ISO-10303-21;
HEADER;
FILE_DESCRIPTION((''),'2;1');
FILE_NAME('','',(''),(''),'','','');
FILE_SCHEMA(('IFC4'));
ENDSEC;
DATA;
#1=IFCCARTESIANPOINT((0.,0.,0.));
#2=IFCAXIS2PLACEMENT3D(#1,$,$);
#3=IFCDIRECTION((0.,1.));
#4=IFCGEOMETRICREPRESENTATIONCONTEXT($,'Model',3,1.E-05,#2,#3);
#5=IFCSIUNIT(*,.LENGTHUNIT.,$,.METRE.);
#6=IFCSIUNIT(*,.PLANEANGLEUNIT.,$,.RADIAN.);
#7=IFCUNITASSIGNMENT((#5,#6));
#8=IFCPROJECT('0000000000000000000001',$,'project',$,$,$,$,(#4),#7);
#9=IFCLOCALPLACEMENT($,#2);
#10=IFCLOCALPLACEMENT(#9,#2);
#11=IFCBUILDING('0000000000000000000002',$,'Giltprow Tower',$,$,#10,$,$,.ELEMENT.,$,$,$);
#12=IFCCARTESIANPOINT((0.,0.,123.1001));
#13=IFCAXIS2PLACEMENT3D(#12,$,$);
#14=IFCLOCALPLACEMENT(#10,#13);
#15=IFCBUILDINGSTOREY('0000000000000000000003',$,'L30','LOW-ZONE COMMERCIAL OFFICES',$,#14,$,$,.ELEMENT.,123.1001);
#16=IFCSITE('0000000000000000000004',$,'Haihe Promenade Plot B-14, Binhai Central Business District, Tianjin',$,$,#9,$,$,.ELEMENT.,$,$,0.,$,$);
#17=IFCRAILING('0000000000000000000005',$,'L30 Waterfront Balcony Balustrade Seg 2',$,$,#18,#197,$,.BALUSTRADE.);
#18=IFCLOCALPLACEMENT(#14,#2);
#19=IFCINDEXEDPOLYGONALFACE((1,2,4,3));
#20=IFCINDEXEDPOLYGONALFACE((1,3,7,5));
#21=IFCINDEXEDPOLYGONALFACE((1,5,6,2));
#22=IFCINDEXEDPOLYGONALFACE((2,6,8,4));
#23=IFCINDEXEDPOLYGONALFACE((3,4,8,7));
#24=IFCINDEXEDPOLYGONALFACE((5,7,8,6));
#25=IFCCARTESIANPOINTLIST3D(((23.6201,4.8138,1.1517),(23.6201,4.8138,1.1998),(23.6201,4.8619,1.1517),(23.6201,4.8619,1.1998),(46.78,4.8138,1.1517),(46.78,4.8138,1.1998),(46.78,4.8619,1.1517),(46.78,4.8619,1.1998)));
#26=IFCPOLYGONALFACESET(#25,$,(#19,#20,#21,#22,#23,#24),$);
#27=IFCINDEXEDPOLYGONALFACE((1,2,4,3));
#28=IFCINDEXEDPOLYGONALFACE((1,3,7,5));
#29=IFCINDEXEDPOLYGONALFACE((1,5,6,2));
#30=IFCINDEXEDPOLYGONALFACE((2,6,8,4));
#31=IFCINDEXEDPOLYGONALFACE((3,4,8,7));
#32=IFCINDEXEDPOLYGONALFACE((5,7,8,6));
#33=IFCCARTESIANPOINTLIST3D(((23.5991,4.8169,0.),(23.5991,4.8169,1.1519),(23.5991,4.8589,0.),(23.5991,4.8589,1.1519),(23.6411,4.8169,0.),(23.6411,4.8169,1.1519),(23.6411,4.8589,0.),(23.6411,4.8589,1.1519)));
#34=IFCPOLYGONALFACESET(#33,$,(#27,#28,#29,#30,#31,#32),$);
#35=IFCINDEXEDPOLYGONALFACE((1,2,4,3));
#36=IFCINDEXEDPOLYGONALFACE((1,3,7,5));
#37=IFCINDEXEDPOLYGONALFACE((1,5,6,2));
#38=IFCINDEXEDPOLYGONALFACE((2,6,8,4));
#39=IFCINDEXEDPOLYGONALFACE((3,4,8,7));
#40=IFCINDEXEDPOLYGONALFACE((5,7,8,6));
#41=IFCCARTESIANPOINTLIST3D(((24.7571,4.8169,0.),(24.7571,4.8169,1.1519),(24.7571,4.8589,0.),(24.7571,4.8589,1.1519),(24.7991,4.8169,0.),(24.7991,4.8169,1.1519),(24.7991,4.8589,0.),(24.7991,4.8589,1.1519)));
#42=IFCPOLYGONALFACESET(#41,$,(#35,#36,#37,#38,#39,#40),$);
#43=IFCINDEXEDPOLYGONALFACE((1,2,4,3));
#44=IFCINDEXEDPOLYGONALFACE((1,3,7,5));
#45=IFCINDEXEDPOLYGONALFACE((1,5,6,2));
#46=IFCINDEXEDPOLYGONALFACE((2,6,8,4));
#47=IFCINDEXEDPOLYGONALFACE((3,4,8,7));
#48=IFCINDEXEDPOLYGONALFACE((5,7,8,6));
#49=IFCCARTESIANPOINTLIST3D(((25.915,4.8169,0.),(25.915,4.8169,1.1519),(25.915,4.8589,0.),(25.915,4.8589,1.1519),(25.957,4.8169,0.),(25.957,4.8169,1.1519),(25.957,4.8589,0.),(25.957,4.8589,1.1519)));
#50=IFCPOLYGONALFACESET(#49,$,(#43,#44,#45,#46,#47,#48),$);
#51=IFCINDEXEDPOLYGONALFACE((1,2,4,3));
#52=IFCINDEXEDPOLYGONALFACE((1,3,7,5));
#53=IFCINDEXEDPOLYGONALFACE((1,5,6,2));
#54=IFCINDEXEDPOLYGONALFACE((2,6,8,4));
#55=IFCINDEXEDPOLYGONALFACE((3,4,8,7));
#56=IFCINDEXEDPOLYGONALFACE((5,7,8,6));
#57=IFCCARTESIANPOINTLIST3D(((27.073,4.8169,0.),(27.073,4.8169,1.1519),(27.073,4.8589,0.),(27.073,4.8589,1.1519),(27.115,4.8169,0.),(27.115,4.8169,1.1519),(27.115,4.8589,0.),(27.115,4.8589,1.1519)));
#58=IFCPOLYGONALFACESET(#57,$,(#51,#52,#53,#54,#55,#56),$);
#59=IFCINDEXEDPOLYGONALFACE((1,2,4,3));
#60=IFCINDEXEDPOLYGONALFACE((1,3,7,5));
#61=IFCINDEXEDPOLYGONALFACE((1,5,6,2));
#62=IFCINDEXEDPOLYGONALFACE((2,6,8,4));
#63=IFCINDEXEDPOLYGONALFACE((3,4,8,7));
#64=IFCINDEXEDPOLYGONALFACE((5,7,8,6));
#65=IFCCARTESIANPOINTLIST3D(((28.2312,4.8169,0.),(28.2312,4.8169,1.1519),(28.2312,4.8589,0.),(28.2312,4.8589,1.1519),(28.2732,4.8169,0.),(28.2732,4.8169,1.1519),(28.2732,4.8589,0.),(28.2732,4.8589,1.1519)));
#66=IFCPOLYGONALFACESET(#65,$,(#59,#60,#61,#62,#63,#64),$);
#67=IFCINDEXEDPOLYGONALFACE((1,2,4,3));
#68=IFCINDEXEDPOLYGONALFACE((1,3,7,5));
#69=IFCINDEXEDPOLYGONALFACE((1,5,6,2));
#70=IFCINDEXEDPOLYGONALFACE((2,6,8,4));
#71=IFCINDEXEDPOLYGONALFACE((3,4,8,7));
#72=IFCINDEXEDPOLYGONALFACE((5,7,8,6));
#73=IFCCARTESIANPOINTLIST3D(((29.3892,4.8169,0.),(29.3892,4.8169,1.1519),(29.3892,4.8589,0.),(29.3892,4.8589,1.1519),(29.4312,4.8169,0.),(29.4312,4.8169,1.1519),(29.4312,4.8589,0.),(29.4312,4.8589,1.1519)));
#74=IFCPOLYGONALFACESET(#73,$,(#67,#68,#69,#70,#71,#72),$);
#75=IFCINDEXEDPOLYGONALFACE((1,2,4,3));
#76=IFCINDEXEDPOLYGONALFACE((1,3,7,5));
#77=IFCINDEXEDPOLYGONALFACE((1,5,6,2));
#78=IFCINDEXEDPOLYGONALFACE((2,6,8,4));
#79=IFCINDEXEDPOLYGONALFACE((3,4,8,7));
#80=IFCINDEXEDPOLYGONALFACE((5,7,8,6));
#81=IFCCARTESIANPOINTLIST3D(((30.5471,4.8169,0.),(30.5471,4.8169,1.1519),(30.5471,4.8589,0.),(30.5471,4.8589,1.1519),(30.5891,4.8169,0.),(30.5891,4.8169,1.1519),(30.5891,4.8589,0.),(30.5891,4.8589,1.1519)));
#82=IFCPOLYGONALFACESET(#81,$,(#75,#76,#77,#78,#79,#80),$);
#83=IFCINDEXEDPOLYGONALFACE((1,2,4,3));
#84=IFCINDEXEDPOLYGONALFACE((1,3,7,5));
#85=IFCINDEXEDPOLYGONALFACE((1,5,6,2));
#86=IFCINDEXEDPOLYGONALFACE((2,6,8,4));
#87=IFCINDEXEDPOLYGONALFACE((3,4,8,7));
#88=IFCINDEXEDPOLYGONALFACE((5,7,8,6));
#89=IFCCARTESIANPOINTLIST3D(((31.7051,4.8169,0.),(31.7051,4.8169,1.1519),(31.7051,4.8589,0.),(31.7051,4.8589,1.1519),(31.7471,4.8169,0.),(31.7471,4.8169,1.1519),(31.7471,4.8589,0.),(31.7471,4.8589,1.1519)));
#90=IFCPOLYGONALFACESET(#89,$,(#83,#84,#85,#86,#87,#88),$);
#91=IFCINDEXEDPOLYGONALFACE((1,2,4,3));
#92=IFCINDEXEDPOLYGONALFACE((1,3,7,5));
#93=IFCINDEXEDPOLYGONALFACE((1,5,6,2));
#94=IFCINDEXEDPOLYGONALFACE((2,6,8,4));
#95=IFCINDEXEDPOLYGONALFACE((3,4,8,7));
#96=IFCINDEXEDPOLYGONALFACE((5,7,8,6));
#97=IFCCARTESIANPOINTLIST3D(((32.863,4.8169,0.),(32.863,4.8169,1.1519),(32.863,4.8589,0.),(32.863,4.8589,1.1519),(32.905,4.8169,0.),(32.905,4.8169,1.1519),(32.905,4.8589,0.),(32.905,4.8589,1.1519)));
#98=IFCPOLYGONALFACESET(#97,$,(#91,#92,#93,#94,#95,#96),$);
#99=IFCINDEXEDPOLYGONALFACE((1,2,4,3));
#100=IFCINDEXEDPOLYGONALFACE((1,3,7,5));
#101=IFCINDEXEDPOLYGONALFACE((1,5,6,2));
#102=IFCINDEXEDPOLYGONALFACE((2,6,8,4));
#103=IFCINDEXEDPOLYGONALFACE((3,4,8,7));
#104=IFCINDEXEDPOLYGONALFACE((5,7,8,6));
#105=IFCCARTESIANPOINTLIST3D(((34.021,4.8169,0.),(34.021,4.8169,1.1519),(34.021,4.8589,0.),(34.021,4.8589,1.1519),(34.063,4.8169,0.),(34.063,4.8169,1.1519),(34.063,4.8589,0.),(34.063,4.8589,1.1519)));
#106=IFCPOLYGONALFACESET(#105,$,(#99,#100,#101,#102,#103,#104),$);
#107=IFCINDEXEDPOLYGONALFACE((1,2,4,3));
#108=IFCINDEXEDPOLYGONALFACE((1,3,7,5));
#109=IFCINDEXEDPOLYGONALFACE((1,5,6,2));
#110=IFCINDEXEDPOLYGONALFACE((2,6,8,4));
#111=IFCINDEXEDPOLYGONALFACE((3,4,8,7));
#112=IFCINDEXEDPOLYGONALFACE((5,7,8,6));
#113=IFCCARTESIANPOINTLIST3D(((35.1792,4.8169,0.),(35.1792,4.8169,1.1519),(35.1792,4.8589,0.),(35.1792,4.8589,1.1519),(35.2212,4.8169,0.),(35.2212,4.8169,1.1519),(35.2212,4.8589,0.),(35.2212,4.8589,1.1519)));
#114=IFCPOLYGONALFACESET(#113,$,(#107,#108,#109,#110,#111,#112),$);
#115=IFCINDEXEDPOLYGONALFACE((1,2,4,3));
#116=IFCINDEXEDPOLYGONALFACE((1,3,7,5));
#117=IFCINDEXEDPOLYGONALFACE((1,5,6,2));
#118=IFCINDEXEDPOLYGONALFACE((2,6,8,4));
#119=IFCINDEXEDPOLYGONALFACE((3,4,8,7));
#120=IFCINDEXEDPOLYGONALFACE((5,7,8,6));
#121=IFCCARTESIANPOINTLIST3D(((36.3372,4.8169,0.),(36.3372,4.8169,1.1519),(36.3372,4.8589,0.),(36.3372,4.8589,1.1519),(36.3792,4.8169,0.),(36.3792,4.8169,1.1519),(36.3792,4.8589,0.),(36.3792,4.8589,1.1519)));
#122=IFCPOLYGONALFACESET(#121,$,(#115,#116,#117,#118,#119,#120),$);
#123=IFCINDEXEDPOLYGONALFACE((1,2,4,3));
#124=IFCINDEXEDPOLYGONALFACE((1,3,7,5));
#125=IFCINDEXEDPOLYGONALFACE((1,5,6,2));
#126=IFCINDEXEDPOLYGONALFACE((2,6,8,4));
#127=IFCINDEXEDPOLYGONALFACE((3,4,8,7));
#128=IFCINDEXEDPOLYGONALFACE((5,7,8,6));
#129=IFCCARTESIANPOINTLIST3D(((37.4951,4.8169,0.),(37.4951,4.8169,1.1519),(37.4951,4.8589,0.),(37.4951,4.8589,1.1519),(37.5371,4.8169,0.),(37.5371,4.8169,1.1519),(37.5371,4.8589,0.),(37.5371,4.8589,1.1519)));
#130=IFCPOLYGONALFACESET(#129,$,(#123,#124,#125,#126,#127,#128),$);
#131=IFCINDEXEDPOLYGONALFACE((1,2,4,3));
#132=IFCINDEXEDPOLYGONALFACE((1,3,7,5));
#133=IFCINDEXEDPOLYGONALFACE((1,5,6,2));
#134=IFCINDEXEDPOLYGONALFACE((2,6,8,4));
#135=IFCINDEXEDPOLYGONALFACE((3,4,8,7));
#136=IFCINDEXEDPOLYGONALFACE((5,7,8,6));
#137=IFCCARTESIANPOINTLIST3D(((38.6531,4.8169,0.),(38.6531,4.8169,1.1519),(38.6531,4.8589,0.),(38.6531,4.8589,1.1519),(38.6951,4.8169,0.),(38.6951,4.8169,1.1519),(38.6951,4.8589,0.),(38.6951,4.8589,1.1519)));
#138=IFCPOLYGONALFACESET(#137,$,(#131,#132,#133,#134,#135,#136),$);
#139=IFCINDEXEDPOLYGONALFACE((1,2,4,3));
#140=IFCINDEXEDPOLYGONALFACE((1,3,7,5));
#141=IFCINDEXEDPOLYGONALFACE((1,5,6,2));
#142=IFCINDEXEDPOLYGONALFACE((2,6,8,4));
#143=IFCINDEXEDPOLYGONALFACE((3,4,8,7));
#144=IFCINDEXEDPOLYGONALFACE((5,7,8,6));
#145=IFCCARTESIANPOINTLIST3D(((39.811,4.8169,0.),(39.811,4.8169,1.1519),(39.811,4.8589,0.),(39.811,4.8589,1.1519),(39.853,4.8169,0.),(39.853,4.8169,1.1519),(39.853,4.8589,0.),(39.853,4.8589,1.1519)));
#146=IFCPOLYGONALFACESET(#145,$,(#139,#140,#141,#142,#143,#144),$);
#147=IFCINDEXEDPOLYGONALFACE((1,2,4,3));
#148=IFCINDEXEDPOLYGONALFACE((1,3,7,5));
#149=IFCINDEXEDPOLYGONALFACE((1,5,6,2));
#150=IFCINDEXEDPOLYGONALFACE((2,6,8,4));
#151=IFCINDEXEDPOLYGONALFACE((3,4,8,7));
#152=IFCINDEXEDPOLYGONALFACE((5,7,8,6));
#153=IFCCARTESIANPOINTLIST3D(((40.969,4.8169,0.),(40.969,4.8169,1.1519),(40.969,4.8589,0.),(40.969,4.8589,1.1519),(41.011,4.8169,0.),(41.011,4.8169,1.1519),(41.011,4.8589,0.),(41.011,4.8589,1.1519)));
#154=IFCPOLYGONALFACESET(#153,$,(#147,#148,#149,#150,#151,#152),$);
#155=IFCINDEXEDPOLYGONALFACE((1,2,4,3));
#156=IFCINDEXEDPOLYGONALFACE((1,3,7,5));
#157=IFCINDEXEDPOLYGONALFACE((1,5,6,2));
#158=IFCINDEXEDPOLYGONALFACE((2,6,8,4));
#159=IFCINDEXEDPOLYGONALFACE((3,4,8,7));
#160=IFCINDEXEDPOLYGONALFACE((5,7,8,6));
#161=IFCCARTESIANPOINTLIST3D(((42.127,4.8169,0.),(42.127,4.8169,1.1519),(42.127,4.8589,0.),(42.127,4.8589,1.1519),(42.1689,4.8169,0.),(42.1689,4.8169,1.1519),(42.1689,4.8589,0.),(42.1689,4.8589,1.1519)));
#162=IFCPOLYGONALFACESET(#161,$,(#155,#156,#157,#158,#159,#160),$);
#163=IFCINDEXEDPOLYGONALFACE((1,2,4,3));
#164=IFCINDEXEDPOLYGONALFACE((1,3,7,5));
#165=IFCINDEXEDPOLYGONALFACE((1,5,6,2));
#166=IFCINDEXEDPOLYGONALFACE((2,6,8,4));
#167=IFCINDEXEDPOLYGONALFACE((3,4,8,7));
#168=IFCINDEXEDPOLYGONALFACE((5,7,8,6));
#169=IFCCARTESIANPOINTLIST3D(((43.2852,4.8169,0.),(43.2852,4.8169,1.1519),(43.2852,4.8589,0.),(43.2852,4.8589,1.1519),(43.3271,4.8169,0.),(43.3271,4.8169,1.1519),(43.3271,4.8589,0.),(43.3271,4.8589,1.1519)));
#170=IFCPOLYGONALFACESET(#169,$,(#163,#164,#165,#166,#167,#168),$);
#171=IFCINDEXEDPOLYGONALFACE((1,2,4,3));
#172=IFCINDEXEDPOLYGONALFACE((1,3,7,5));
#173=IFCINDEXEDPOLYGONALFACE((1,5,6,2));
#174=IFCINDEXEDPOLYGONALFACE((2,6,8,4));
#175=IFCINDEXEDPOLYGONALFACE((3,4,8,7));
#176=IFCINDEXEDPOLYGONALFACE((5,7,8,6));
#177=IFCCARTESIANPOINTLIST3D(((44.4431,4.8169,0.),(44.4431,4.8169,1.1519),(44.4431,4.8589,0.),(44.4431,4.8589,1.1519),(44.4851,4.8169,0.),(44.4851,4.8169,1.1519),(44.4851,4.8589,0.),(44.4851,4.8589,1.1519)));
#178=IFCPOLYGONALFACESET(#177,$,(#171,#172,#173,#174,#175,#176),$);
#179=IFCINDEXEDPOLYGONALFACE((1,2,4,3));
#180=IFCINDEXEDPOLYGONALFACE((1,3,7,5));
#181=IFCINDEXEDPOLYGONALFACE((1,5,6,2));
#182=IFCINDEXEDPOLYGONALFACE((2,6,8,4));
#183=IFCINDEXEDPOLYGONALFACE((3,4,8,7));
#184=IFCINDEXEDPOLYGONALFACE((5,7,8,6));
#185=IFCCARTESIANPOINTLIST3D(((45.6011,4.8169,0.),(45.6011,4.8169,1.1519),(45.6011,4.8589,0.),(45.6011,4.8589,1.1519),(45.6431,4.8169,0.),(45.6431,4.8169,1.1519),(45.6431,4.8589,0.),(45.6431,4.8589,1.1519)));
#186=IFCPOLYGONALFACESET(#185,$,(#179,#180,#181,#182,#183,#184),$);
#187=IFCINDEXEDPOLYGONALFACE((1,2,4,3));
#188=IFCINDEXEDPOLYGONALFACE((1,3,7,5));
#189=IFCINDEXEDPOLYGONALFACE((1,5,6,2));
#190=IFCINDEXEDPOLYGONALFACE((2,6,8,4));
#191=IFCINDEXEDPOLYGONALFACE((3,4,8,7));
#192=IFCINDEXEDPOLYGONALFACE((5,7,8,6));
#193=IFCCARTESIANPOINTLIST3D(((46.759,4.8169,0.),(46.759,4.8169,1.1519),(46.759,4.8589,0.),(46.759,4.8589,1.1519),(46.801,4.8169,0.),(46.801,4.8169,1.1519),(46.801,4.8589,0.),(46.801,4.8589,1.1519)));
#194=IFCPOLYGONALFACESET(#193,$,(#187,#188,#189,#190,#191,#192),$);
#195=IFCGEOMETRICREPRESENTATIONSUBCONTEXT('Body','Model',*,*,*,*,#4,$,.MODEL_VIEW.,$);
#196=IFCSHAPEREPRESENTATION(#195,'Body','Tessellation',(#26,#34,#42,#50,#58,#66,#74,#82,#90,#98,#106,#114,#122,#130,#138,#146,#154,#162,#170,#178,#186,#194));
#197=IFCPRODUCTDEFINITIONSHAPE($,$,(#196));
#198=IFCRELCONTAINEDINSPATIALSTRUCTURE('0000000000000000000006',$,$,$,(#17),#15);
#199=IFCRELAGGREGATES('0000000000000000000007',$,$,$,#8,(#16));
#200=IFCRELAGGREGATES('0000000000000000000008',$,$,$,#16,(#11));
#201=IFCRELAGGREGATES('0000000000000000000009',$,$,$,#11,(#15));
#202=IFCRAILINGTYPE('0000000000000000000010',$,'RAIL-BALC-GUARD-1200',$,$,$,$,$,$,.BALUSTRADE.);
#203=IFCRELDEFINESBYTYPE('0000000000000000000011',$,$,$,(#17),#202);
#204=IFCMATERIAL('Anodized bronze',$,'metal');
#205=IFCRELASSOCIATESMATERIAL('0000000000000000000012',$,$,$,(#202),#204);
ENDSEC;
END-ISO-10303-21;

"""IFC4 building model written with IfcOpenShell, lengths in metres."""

from ifc_helpers import new_model, si_unit, direction, frame, origin, origin_2d, place, context, subcontext, project, spatial, rectangle, extrude, material, type_object, element, save


model = new_model("IFC4")

# Units and contexts
model_context = context("Model", 3, precision=1e-05, world=origin(), true_north=direction((0.0, 1.0)))
body_context = subcontext(model_context, "Body", "Model", "MODEL_VIEW")
ifc_project = project(units=[si_unit("LENGTHUNIT", "METRE"), si_unit("PLANEANGLEUNIT", "RADIAN")], contexts=[model_context])

# Site, building, storey
site_placement = place(None, origin())
site = spatial("IfcSite", under=ifc_project, at=site_placement, Name="Haihe Promenade Plot B-14, Binhai Central Business District, Tianjin", CompositionType="ELEMENT", RefElevation=0.0)
building_placement = place(site_placement, origin())
building = spatial("IfcBuilding", under=site, at=building_placement, Name="Giltprow Tower", CompositionType="ELEMENT")
storey_placement = place(building_placement, frame((0.0, 0.0, 123.1001)))
storey = spatial("IfcBuildingStorey", under=building, at=storey_placement, Name="L30", Description="LOW-ZONE COMMERCIAL OFFICES", CompositionType="ELEMENT", Elevation=123.1001)

# Railing
ifc_material_1 = material(Name="Anodized bronze", Category="metal")
railing_type = type_object("IfcRailingType", Name="RAIL-BALC-GUARD-1200", PredefinedType="BALUSTRADE", material=ifc_material_1)
railing_1_placement = place(storey_placement, frame((23.6201, 4.8379, 0.0)))
element("IfcRailing", 1, at=railing_1_placement, inside=storey, type_object=railing_type, Name="L30 Waterfront Balcony Balustrade Seg 2", PredefinedType="BALUSTRADE", context=body_context, shape_type="SweptSolid", body=[
    extrude(rectangle(XDim=0.0481, YDim=0.0481, at=origin_2d()), frame((0.0, 0.0, 1.1758), z_axis=(1.0, 0.0, 0.0), x_axis=(0.0, 1.0, 0.0)), (0.0, 0.0, 1.0), 23.1599),
    extrude(rectangle(XDim=0.042, YDim=0.042, at=origin_2d()), origin(), (0.0, 0.0, 1.0), 1.1519),
    extrude(rectangle(XDim=0.042, YDim=0.042, at=origin_2d()), frame((1.158, 0.0, 0.0)), (0.0, 0.0, 1.0), 1.1519),
    extrude(rectangle(XDim=0.042, YDim=0.042, at=origin_2d()), frame((2.3159, 0.0, 0.0)), (0.0, 0.0, 1.0), 1.1519),
    extrude(rectangle(XDim=0.042, YDim=0.042, at=origin_2d()), frame((3.4739, 0.0, 0.0)), (0.0, 0.0, 1.0), 1.1519),
    extrude(rectangle(XDim=0.042, YDim=0.042, at=origin_2d()), frame((4.6321, 0.0, 0.0)), (0.0, 0.0, 1.0), 1.1519),
    extrude(rectangle(XDim=0.042, YDim=0.042, at=origin_2d()), frame((5.79, 0.0, 0.0)), (0.0, 0.0, 1.0), 1.1519),
    extrude(rectangle(XDim=0.042, YDim=0.042, at=origin_2d()), frame((6.948, 0.0, 0.0)), (0.0, 0.0, 1.0), 1.1519),
    extrude(rectangle(XDim=0.042, YDim=0.042, at=origin_2d()), frame((8.106, 0.0, 0.0)), (0.0, 0.0, 1.0), 1.1519),
    extrude(rectangle(XDim=0.042, YDim=0.042, at=origin_2d()), frame((9.2639, 0.0, 0.0)), (0.0, 0.0, 1.0), 1.1519),
    extrude(rectangle(XDim=0.042, YDim=0.042, at=origin_2d()), frame((10.4219, 0.0, 0.0)), (0.0, 0.0, 1.0), 1.1519),
    extrude(rectangle(XDim=0.042, YDim=0.042, at=origin_2d()), frame((11.5801, 0.0, 0.0)), (0.0, 0.0, 1.0), 1.1519),
    extrude(rectangle(XDim=0.042, YDim=0.042, at=origin_2d()), frame((12.738, 0.0, 0.0)), (0.0, 0.0, 1.0), 1.1519),
    extrude(rectangle(XDim=0.042, YDim=0.042, at=origin_2d()), frame((13.896, 0.0, 0.0)), (0.0, 0.0, 1.0), 1.1519),
    extrude(rectangle(XDim=0.042, YDim=0.042, at=origin_2d()), frame((15.054, 0.0, 0.0)), (0.0, 0.0, 1.0), 1.1519),
    extrude(rectangle(XDim=0.042, YDim=0.042, at=origin_2d()), frame((16.2119, 0.0, 0.0)), (0.0, 0.0, 1.0), 1.1519),
    extrude(rectangle(XDim=0.042, YDim=0.042, at=origin_2d()), frame((17.3699, 0.0, 0.0)), (0.0, 0.0, 1.0), 1.1519),
    extrude(rectangle(XDim=0.042, YDim=0.042, at=origin_2d()), frame((18.5278, 0.0, 0.0)), (0.0, 0.0, 1.0), 1.1519),
    extrude(rectangle(XDim=0.042, YDim=0.042, at=origin_2d()), frame((19.686, 0.0, 0.0)), (0.0, 0.0, 1.0), 1.1519),
    extrude(rectangle(XDim=0.042, YDim=0.042, at=origin_2d()), frame((20.844, 0.0, 0.0)), (0.0, 0.0, 1.0), 1.1519),
    extrude(rectangle(XDim=0.042, YDim=0.042, at=origin_2d()), frame((22.002, 0.0, 0.0)), (0.0, 0.0, 1.0), 1.1519),
    extrude(rectangle(XDim=0.042, YDim=0.042, at=origin_2d()), frame((23.1599, 0.0, 0.0)), (0.0, 0.0, 1.0), 1.1519),
])

save(model, "model.ifc")
